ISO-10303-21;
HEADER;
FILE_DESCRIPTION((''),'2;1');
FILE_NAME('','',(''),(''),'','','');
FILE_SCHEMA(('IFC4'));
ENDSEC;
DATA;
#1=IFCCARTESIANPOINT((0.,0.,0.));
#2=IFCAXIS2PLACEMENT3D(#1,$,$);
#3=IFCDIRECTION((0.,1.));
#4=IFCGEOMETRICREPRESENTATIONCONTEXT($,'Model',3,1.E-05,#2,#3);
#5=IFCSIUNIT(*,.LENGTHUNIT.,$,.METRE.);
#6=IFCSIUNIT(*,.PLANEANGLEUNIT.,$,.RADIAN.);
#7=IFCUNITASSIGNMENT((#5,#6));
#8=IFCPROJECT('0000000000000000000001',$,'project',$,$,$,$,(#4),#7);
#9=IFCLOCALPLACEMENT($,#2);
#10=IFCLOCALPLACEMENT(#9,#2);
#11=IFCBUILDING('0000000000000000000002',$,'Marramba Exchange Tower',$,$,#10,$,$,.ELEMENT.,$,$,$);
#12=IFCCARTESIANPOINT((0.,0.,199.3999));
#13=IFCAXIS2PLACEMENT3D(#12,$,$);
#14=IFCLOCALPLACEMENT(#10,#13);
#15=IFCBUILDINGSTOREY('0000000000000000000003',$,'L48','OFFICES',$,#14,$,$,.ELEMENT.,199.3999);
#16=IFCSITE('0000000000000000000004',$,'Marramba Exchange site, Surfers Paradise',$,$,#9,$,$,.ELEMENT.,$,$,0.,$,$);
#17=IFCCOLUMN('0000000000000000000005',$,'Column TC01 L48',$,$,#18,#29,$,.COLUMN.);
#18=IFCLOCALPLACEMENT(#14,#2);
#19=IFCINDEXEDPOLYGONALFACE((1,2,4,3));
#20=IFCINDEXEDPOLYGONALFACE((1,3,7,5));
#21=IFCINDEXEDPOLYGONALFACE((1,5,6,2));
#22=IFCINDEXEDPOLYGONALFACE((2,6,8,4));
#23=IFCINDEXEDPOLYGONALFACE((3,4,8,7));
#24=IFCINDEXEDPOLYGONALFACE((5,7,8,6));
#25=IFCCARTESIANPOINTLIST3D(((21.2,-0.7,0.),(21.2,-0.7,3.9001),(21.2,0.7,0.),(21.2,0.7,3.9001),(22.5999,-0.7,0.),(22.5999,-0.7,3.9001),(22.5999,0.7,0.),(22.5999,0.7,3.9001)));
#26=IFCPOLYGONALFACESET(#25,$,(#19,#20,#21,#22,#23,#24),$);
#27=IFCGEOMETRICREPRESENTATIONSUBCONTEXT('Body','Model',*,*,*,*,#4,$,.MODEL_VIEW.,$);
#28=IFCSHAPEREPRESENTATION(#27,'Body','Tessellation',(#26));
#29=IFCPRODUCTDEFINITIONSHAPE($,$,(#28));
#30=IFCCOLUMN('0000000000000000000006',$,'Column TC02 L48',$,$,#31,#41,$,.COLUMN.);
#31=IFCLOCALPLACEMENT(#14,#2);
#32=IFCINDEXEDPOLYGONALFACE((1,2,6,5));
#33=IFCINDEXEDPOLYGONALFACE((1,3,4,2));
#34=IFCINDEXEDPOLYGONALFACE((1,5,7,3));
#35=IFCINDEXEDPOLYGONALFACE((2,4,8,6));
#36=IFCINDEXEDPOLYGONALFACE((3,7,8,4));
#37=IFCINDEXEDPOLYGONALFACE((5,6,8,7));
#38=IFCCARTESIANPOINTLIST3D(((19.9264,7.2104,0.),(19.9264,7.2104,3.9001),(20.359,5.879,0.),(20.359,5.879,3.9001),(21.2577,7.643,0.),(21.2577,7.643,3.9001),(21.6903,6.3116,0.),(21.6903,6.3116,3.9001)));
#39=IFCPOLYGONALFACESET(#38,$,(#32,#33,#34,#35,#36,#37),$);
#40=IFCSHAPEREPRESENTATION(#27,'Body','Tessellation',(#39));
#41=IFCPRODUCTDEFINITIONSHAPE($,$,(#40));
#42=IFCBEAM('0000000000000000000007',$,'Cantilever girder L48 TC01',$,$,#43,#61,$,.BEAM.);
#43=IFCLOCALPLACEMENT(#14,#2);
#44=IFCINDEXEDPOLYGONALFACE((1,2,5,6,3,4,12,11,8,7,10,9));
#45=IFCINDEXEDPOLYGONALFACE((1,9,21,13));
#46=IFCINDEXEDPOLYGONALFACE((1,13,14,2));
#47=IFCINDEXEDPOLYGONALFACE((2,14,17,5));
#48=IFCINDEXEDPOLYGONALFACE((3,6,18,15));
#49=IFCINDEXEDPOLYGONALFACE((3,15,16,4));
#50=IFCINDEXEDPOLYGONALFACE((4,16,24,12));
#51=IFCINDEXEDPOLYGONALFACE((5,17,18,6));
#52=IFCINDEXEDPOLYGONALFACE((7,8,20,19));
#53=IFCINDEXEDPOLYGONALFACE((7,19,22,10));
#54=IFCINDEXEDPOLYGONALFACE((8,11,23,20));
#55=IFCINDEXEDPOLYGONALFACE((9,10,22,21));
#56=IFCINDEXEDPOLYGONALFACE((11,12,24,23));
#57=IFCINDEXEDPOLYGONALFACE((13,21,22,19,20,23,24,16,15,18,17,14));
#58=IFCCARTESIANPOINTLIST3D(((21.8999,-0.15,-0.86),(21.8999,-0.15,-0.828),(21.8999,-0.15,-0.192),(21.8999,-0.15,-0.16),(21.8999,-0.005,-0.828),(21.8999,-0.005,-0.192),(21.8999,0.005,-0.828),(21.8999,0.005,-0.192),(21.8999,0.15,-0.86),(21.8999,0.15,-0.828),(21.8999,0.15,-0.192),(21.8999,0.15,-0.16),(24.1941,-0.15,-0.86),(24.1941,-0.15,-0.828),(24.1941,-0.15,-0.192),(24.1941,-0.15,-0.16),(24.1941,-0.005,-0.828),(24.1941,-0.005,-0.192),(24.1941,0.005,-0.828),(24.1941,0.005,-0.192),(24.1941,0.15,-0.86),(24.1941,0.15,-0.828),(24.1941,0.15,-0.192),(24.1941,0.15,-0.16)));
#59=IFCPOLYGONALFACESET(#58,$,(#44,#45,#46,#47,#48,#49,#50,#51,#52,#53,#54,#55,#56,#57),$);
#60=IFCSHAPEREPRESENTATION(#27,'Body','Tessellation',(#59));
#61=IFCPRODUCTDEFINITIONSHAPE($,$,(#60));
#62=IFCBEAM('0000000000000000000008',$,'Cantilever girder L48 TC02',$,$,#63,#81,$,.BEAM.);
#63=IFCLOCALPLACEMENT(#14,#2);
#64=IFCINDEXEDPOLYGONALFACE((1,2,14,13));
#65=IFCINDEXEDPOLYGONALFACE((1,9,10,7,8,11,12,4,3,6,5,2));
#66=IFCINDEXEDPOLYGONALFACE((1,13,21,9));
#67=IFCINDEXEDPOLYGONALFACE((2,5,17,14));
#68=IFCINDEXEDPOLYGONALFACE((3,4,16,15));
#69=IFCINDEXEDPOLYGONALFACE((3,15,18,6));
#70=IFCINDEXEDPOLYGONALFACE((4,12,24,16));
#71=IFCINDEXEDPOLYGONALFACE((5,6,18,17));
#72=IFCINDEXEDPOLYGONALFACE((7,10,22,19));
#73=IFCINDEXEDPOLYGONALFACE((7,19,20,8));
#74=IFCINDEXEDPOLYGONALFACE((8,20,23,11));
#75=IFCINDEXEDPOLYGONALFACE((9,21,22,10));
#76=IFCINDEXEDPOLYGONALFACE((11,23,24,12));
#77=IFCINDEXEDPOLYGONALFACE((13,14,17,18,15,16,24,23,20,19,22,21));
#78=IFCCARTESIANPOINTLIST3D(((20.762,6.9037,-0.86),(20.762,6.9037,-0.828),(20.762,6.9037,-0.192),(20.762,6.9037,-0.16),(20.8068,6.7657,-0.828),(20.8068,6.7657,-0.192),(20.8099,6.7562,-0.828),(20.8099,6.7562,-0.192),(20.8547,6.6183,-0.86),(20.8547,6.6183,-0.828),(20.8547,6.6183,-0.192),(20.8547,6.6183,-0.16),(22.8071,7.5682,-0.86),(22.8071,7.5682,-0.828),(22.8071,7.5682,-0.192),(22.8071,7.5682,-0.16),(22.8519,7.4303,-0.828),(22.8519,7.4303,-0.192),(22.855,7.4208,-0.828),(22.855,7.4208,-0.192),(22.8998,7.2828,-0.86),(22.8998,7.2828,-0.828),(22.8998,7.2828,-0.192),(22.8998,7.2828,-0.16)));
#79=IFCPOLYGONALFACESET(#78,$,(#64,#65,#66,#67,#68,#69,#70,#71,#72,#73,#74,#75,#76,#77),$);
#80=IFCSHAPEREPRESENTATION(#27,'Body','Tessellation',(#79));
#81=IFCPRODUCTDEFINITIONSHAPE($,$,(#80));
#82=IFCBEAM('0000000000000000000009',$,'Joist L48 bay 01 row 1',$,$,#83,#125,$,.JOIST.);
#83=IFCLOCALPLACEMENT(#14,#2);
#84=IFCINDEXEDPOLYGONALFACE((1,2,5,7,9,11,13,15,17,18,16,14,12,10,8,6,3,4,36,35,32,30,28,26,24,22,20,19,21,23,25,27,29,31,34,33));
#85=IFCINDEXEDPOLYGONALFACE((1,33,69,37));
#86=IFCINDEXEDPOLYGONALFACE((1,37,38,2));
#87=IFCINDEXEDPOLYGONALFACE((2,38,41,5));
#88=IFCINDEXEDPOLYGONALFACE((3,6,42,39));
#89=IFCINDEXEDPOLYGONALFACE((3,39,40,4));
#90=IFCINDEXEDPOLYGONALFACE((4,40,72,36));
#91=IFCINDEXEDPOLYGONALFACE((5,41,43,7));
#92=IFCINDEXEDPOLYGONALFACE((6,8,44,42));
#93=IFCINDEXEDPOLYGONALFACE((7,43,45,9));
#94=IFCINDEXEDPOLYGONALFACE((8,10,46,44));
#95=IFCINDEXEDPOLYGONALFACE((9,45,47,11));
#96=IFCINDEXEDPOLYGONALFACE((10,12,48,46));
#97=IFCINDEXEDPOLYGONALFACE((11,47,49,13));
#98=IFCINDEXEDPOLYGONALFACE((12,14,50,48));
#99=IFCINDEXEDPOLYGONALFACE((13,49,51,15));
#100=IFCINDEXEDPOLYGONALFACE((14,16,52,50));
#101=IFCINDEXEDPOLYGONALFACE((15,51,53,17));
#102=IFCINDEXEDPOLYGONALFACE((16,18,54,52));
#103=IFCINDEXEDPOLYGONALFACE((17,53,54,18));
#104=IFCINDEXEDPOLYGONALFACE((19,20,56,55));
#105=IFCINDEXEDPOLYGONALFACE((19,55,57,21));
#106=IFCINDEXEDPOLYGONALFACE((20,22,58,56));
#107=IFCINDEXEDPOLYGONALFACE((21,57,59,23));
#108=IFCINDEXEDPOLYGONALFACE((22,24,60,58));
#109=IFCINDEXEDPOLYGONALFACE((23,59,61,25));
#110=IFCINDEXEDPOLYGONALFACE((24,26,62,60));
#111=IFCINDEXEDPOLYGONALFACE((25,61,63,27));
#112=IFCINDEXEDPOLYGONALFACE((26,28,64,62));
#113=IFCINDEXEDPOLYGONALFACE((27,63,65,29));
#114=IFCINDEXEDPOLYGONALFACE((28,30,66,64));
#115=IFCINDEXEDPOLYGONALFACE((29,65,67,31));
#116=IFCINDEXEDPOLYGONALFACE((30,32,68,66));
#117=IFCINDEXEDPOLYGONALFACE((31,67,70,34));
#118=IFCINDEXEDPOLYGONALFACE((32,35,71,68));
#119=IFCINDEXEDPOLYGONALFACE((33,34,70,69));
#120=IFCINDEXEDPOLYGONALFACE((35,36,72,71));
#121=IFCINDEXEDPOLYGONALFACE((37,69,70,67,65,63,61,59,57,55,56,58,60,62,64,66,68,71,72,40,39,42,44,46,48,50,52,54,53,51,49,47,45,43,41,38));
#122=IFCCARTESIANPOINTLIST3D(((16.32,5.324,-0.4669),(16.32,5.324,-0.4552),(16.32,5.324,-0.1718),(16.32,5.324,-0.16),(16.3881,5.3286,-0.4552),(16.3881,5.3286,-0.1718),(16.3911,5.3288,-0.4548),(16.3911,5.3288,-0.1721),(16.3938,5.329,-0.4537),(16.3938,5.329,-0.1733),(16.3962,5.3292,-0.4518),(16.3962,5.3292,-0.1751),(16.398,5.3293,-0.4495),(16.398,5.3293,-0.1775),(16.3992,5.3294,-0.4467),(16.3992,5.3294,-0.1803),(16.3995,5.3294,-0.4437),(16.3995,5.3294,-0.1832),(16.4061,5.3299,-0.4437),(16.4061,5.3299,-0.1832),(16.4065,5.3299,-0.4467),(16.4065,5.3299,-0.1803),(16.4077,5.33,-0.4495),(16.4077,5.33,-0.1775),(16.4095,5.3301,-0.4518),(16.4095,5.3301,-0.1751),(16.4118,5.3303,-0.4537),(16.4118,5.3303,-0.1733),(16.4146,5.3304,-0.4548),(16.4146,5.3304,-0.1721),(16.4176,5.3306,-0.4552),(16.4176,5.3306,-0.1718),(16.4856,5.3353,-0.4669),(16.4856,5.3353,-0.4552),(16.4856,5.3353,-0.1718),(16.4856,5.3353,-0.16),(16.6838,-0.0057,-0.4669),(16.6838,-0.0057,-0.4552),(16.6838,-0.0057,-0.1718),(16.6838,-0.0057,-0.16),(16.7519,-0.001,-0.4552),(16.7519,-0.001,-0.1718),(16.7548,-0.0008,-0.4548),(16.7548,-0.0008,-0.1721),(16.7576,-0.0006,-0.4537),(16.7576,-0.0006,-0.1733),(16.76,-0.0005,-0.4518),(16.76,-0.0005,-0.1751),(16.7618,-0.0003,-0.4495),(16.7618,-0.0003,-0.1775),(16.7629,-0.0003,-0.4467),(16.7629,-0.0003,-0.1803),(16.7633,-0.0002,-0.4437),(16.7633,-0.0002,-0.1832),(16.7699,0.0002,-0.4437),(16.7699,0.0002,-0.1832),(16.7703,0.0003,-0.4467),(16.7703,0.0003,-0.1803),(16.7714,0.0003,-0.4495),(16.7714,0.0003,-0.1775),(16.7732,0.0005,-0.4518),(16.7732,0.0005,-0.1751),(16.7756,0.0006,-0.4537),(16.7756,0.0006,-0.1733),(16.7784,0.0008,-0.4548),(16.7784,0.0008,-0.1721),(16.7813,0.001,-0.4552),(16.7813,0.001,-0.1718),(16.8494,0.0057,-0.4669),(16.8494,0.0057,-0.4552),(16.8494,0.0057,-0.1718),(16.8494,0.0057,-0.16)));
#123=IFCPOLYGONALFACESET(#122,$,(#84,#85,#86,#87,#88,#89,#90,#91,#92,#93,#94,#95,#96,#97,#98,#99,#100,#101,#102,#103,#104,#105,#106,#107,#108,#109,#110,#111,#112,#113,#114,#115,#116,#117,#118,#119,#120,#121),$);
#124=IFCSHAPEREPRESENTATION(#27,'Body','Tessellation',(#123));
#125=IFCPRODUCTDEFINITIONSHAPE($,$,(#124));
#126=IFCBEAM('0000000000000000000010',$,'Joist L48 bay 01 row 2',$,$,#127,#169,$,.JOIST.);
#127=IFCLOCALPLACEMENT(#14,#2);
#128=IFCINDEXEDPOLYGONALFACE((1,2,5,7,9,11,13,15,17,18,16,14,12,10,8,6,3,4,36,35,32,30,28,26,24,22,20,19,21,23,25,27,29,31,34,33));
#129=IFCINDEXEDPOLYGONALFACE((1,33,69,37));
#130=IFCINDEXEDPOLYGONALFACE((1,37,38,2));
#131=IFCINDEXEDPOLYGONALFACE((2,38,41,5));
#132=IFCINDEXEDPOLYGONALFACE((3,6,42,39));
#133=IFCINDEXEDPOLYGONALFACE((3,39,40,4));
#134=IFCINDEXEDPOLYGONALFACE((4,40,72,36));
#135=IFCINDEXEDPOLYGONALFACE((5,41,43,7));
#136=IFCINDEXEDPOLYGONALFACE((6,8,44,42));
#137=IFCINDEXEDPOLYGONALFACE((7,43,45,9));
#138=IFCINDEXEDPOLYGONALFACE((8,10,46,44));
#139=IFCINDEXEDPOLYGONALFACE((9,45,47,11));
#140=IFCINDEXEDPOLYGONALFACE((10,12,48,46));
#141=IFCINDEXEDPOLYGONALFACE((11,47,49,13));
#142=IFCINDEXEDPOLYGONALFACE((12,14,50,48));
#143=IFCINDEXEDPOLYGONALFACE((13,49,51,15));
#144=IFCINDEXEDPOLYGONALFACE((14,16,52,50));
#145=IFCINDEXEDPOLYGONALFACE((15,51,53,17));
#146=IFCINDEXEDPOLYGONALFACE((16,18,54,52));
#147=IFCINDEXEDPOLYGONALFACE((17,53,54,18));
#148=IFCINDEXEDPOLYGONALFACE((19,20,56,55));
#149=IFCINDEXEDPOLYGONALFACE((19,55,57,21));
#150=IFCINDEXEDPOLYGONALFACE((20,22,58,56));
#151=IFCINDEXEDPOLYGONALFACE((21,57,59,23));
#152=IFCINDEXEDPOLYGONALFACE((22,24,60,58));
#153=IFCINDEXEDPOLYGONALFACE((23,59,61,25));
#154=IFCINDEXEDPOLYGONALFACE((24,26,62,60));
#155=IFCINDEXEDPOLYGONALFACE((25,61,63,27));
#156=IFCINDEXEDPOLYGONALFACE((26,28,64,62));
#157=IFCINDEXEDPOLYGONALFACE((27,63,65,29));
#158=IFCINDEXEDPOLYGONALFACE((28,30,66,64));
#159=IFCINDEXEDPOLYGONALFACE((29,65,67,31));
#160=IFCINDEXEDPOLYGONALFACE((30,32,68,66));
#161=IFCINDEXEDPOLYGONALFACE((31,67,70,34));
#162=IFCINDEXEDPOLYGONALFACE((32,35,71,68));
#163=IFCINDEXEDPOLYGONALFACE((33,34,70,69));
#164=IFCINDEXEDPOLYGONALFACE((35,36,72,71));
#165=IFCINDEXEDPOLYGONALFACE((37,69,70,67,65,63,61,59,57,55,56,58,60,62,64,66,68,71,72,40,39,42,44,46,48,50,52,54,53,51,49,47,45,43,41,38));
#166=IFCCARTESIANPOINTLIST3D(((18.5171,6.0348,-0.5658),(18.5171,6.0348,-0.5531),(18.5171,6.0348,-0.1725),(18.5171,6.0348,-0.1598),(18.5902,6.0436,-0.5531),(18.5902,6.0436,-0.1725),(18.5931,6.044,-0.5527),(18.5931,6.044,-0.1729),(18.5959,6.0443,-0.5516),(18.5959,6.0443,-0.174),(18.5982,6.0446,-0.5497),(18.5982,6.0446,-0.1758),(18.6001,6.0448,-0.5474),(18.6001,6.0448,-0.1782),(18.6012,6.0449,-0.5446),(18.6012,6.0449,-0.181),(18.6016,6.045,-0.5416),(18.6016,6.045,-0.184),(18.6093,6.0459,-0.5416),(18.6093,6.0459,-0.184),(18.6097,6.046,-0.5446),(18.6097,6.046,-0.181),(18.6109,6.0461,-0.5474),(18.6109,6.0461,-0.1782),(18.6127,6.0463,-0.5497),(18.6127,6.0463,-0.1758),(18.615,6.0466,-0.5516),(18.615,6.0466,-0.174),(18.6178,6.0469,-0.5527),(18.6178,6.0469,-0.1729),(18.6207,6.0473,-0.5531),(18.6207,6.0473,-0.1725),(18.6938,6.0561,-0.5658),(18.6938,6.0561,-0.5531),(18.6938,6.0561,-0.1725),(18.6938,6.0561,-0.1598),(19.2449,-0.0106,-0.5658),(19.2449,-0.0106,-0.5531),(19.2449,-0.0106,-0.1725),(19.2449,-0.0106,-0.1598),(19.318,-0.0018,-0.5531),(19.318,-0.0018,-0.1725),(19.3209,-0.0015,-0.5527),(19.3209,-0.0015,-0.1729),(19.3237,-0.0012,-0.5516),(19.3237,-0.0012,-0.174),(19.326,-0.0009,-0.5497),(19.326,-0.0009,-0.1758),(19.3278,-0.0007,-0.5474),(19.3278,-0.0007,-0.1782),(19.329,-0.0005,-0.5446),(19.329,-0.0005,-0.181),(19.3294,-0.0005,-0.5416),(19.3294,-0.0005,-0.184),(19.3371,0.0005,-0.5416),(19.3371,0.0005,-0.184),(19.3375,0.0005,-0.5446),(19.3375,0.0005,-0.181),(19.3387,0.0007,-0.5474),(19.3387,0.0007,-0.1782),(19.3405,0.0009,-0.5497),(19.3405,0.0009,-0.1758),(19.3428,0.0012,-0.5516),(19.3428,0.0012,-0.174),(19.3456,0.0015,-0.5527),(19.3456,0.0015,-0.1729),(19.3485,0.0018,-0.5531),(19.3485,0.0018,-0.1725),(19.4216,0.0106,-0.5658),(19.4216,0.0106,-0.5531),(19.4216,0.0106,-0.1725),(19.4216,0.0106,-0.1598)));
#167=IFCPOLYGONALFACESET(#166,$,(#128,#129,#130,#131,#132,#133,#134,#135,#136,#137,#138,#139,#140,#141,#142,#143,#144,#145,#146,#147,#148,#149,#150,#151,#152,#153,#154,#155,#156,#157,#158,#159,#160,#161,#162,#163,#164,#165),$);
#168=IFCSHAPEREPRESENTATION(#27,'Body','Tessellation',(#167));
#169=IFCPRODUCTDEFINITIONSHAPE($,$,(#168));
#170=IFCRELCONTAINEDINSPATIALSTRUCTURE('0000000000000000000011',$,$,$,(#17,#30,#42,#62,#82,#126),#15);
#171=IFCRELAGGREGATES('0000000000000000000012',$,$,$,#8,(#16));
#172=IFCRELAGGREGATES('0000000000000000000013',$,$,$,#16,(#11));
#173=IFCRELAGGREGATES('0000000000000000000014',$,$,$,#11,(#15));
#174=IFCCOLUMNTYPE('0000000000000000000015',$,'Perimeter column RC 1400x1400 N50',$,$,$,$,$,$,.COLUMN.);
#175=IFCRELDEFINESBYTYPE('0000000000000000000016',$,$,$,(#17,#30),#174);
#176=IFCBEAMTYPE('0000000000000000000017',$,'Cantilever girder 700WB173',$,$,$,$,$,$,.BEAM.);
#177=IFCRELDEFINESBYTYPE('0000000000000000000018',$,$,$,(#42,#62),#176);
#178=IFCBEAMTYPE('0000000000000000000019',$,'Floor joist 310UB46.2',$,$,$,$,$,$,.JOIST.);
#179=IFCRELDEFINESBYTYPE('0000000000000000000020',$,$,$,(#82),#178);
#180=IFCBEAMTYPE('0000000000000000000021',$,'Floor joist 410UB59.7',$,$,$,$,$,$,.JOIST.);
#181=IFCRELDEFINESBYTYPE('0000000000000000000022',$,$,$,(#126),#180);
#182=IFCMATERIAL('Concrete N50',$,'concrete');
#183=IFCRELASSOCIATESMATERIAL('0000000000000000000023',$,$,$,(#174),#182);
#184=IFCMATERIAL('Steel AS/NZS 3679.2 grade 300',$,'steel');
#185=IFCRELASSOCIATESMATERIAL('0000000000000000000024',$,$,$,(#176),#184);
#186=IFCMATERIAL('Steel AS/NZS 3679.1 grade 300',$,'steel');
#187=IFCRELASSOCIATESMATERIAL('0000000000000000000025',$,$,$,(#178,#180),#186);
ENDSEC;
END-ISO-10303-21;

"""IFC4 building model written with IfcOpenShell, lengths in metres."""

from ifc_helpers import new_model, si_unit, direction, frame, origin, origin_2d, place, context, subcontext, project, spatial, rectangle, i_section, extrude, material, material_profile, profile_set, type_object, element, save


model = new_model("IFC4")

# Units and contexts
model_context = context("Model", 3, precision=1e-05, world=origin(), true_north=direction((0.0, 1.0)))
body_context = subcontext(model_context, "Body", "Model", "MODEL_VIEW")
ifc_project = project(units=[si_unit("LENGTHUNIT", "METRE"), si_unit("PLANEANGLEUNIT", "RADIAN")], contexts=[model_context])

# Site, building, storey
site_placement = place(None, origin())
site = spatial("IfcSite", under=ifc_project, at=site_placement, Name="Marramba Exchange site, Surfers Paradise", CompositionType="ELEMENT", RefElevation=0.0)
building_placement = place(site_placement, origin())
building = spatial("IfcBuilding", under=site, at=building_placement, Name="Marramba Exchange Tower", CompositionType="ELEMENT")
storey_placement = place(building_placement, frame((0.0, 0.0, 199.3999)))
storey = spatial("IfcBuildingStorey", under=building, at=storey_placement, Name="L48", Description="OFFICES", CompositionType="ELEMENT", Elevation=199.3999)

# Columns
ifc_material_1 = material(Name="Concrete N50", Category="concrete")
ifc_material_profile_1 = material_profile(ifc_material_1, rectangle(XDim=1.3999, YDim=1.3999, at=origin_2d()), Name="RC 1400x1400")
ifc_profile_set_1 = profile_set([ifc_material_profile_1], Name="Concrete N50")
column_type = type_object("IfcColumnType", Name="Perimeter column RC 1400x1400 N50", PredefinedType="COLUMN", material=ifc_profile_set_1)
for number, where, z_axis, x_axis, name in (
    (1, (21.8999, 0.0, 0.0), (0.0, 0.0, 1.0), (1.0, 0.0, 0.0), "Column TC01 L48"),
    (2, (20.8083, 6.761, 0.0), (0.0, 0.0, 1.0), (0.951057, 0.309017, 0.0), "Column TC02 L48"),
):
    element("IfcColumn", number, at=place(storey_placement, frame(where, z_axis=z_axis, x_axis=x_axis)), inside=storey, type_object=column_type, Name=name, PredefinedType="COLUMN", context=body_context, shape_type="SweptSolid", body=[
        extrude(rectangle(XDim=1.3999, YDim=1.3999, at=origin_2d()), origin(), (0.0, 0.0, 1.0), 3.9001),
    ])

# Beams
ifc_material_2 = material(Name="Steel AS/NZS 3679.2 grade 300", Category="steel")
ifc_material_profile_2 = material_profile(ifc_material_2, i_section(OverallWidth=0.3, OverallDepth=0.7, WebThickness=0.01, FlangeThickness=0.032, at=origin_2d()), Name="700WB173")
ifc_profile_set_2 = profile_set([ifc_material_profile_2], Name="Steel AS/NZS 3679.2 grade 300")
beam_type_1 = type_object("IfcBeamType", Name="Cantilever girder 700WB173", PredefinedType="BEAM", material=ifc_profile_set_2)
beam_1_placement = place(storey_placement, frame((21.8999, 0.0, -0.51), z_axis=(1.0, 0.0, 0.0), x_axis=(0.0, 1.0, 0.0)))
element("IfcBeam", 3, at=beam_1_placement, inside=storey, type_object=beam_type_1, Name="Cantilever girder L48 TC01", PredefinedType="BEAM", context=body_context, shape_type="SweptSolid", body=[
    extrude(i_section(OverallWidth=0.3, OverallDepth=0.7, WebThickness=0.01, FlangeThickness=0.032, at=origin_2d()), origin(), (0.0, 0.0, 1.0), 2.2942),
])
beam_2_placement = place(storey_placement, frame((20.8083, 6.761, -0.51), z_axis=(0.951052, 0.309032, 0.0), x_axis=(-0.309032, 0.951052, 0.0)))
element("IfcBeam", 4, at=beam_2_placement, inside=storey, type_object=beam_type_1, Name="Cantilever girder L48 TC02", PredefinedType="BEAM", context=body_context, shape_type="SweptSolid", body=[
    extrude(i_section(OverallWidth=0.3, OverallDepth=0.7, WebThickness=0.01, FlangeThickness=0.032, at=origin_2d()), origin(), (0.0, 0.0, 1.0), 2.1504),
])
ifc_material_3 = material(Name="Steel AS/NZS 3679.1 grade 300", Category="steel")
ifc_material_profile_3 = material_profile(ifc_material_3, i_section(OverallWidth=0.166, OverallDepth=0.3069, WebThickness=0.0066, FlangeThickness=0.0117, FilletRadius=0.0115, at=origin_2d()), Name="310UB46.2")
ifc_profile_set_3 = profile_set([ifc_material_profile_3], Name="Steel AS/NZS 3679.1 grade 300")
beam_type_2 = type_object("IfcBeamType", Name="Floor joist 310UB46.2", PredefinedType="JOIST", material=ifc_profile_set_3)
beam_3_placement = place(storey_placement, frame((16.7666, 0.0, -0.3135), z_axis=(-0.068096, 0.997679, 0.0), x_axis=(-0.997679, -0.068096, 0.0)))
element("IfcBeam", 5, at=beam_3_placement, inside=storey, type_object=beam_type_2, Name="Joist L48 bay 01 row 1", PredefinedType="JOIST", context=body_context, shape_type="SweptSolid", body=[
    extrude(i_section(OverallWidth=0.166, OverallDepth=0.3069, WebThickness=0.0066, FlangeThickness=0.0117, FilletRadius=0.0115, at=origin_2d()), origin(), (0.0, 0.0, 1.0), 5.342),
])
ifc_material_profile_4 = material_profile(ifc_material_3, i_section(OverallWidth=0.178, OverallDepth=0.406, WebThickness=0.0078, FlangeThickness=0.0127, FilletRadius=0.0115, at=origin_2d()), Name="410UB59.7")
ifc_profile_set_4 = profile_set([ifc_material_profile_4], Name="Steel AS/NZS 3679.1 grade 300")
beam_type_3 = type_object("IfcBeamType", Name="Floor joist 410UB59.7", PredefinedType="JOIST", material=ifc_profile_set_4)
beam_4_placement = place(storey_placement, frame((19.3333, 0.0, -0.3628), z_axis=(-0.119523, 0.992831, 0.0), x_axis=(-0.992831, -0.119523, 0.0)))
element("IfcBeam", 6, at=beam_4_placement, inside=storey, type_object=beam_type_3, Name="Joist L48 bay 01 row 2", PredefinedType="JOIST", context=body_context, shape_type="SweptSolid", body=[
    extrude(i_section(OverallWidth=0.178, OverallDepth=0.406, WebThickness=0.0078, FlangeThickness=0.0127, FilletRadius=0.0115, at=origin_2d()), origin(), (0.0, 0.0, 1.0), 6.0891),
])

save(model, "model.ifc")
